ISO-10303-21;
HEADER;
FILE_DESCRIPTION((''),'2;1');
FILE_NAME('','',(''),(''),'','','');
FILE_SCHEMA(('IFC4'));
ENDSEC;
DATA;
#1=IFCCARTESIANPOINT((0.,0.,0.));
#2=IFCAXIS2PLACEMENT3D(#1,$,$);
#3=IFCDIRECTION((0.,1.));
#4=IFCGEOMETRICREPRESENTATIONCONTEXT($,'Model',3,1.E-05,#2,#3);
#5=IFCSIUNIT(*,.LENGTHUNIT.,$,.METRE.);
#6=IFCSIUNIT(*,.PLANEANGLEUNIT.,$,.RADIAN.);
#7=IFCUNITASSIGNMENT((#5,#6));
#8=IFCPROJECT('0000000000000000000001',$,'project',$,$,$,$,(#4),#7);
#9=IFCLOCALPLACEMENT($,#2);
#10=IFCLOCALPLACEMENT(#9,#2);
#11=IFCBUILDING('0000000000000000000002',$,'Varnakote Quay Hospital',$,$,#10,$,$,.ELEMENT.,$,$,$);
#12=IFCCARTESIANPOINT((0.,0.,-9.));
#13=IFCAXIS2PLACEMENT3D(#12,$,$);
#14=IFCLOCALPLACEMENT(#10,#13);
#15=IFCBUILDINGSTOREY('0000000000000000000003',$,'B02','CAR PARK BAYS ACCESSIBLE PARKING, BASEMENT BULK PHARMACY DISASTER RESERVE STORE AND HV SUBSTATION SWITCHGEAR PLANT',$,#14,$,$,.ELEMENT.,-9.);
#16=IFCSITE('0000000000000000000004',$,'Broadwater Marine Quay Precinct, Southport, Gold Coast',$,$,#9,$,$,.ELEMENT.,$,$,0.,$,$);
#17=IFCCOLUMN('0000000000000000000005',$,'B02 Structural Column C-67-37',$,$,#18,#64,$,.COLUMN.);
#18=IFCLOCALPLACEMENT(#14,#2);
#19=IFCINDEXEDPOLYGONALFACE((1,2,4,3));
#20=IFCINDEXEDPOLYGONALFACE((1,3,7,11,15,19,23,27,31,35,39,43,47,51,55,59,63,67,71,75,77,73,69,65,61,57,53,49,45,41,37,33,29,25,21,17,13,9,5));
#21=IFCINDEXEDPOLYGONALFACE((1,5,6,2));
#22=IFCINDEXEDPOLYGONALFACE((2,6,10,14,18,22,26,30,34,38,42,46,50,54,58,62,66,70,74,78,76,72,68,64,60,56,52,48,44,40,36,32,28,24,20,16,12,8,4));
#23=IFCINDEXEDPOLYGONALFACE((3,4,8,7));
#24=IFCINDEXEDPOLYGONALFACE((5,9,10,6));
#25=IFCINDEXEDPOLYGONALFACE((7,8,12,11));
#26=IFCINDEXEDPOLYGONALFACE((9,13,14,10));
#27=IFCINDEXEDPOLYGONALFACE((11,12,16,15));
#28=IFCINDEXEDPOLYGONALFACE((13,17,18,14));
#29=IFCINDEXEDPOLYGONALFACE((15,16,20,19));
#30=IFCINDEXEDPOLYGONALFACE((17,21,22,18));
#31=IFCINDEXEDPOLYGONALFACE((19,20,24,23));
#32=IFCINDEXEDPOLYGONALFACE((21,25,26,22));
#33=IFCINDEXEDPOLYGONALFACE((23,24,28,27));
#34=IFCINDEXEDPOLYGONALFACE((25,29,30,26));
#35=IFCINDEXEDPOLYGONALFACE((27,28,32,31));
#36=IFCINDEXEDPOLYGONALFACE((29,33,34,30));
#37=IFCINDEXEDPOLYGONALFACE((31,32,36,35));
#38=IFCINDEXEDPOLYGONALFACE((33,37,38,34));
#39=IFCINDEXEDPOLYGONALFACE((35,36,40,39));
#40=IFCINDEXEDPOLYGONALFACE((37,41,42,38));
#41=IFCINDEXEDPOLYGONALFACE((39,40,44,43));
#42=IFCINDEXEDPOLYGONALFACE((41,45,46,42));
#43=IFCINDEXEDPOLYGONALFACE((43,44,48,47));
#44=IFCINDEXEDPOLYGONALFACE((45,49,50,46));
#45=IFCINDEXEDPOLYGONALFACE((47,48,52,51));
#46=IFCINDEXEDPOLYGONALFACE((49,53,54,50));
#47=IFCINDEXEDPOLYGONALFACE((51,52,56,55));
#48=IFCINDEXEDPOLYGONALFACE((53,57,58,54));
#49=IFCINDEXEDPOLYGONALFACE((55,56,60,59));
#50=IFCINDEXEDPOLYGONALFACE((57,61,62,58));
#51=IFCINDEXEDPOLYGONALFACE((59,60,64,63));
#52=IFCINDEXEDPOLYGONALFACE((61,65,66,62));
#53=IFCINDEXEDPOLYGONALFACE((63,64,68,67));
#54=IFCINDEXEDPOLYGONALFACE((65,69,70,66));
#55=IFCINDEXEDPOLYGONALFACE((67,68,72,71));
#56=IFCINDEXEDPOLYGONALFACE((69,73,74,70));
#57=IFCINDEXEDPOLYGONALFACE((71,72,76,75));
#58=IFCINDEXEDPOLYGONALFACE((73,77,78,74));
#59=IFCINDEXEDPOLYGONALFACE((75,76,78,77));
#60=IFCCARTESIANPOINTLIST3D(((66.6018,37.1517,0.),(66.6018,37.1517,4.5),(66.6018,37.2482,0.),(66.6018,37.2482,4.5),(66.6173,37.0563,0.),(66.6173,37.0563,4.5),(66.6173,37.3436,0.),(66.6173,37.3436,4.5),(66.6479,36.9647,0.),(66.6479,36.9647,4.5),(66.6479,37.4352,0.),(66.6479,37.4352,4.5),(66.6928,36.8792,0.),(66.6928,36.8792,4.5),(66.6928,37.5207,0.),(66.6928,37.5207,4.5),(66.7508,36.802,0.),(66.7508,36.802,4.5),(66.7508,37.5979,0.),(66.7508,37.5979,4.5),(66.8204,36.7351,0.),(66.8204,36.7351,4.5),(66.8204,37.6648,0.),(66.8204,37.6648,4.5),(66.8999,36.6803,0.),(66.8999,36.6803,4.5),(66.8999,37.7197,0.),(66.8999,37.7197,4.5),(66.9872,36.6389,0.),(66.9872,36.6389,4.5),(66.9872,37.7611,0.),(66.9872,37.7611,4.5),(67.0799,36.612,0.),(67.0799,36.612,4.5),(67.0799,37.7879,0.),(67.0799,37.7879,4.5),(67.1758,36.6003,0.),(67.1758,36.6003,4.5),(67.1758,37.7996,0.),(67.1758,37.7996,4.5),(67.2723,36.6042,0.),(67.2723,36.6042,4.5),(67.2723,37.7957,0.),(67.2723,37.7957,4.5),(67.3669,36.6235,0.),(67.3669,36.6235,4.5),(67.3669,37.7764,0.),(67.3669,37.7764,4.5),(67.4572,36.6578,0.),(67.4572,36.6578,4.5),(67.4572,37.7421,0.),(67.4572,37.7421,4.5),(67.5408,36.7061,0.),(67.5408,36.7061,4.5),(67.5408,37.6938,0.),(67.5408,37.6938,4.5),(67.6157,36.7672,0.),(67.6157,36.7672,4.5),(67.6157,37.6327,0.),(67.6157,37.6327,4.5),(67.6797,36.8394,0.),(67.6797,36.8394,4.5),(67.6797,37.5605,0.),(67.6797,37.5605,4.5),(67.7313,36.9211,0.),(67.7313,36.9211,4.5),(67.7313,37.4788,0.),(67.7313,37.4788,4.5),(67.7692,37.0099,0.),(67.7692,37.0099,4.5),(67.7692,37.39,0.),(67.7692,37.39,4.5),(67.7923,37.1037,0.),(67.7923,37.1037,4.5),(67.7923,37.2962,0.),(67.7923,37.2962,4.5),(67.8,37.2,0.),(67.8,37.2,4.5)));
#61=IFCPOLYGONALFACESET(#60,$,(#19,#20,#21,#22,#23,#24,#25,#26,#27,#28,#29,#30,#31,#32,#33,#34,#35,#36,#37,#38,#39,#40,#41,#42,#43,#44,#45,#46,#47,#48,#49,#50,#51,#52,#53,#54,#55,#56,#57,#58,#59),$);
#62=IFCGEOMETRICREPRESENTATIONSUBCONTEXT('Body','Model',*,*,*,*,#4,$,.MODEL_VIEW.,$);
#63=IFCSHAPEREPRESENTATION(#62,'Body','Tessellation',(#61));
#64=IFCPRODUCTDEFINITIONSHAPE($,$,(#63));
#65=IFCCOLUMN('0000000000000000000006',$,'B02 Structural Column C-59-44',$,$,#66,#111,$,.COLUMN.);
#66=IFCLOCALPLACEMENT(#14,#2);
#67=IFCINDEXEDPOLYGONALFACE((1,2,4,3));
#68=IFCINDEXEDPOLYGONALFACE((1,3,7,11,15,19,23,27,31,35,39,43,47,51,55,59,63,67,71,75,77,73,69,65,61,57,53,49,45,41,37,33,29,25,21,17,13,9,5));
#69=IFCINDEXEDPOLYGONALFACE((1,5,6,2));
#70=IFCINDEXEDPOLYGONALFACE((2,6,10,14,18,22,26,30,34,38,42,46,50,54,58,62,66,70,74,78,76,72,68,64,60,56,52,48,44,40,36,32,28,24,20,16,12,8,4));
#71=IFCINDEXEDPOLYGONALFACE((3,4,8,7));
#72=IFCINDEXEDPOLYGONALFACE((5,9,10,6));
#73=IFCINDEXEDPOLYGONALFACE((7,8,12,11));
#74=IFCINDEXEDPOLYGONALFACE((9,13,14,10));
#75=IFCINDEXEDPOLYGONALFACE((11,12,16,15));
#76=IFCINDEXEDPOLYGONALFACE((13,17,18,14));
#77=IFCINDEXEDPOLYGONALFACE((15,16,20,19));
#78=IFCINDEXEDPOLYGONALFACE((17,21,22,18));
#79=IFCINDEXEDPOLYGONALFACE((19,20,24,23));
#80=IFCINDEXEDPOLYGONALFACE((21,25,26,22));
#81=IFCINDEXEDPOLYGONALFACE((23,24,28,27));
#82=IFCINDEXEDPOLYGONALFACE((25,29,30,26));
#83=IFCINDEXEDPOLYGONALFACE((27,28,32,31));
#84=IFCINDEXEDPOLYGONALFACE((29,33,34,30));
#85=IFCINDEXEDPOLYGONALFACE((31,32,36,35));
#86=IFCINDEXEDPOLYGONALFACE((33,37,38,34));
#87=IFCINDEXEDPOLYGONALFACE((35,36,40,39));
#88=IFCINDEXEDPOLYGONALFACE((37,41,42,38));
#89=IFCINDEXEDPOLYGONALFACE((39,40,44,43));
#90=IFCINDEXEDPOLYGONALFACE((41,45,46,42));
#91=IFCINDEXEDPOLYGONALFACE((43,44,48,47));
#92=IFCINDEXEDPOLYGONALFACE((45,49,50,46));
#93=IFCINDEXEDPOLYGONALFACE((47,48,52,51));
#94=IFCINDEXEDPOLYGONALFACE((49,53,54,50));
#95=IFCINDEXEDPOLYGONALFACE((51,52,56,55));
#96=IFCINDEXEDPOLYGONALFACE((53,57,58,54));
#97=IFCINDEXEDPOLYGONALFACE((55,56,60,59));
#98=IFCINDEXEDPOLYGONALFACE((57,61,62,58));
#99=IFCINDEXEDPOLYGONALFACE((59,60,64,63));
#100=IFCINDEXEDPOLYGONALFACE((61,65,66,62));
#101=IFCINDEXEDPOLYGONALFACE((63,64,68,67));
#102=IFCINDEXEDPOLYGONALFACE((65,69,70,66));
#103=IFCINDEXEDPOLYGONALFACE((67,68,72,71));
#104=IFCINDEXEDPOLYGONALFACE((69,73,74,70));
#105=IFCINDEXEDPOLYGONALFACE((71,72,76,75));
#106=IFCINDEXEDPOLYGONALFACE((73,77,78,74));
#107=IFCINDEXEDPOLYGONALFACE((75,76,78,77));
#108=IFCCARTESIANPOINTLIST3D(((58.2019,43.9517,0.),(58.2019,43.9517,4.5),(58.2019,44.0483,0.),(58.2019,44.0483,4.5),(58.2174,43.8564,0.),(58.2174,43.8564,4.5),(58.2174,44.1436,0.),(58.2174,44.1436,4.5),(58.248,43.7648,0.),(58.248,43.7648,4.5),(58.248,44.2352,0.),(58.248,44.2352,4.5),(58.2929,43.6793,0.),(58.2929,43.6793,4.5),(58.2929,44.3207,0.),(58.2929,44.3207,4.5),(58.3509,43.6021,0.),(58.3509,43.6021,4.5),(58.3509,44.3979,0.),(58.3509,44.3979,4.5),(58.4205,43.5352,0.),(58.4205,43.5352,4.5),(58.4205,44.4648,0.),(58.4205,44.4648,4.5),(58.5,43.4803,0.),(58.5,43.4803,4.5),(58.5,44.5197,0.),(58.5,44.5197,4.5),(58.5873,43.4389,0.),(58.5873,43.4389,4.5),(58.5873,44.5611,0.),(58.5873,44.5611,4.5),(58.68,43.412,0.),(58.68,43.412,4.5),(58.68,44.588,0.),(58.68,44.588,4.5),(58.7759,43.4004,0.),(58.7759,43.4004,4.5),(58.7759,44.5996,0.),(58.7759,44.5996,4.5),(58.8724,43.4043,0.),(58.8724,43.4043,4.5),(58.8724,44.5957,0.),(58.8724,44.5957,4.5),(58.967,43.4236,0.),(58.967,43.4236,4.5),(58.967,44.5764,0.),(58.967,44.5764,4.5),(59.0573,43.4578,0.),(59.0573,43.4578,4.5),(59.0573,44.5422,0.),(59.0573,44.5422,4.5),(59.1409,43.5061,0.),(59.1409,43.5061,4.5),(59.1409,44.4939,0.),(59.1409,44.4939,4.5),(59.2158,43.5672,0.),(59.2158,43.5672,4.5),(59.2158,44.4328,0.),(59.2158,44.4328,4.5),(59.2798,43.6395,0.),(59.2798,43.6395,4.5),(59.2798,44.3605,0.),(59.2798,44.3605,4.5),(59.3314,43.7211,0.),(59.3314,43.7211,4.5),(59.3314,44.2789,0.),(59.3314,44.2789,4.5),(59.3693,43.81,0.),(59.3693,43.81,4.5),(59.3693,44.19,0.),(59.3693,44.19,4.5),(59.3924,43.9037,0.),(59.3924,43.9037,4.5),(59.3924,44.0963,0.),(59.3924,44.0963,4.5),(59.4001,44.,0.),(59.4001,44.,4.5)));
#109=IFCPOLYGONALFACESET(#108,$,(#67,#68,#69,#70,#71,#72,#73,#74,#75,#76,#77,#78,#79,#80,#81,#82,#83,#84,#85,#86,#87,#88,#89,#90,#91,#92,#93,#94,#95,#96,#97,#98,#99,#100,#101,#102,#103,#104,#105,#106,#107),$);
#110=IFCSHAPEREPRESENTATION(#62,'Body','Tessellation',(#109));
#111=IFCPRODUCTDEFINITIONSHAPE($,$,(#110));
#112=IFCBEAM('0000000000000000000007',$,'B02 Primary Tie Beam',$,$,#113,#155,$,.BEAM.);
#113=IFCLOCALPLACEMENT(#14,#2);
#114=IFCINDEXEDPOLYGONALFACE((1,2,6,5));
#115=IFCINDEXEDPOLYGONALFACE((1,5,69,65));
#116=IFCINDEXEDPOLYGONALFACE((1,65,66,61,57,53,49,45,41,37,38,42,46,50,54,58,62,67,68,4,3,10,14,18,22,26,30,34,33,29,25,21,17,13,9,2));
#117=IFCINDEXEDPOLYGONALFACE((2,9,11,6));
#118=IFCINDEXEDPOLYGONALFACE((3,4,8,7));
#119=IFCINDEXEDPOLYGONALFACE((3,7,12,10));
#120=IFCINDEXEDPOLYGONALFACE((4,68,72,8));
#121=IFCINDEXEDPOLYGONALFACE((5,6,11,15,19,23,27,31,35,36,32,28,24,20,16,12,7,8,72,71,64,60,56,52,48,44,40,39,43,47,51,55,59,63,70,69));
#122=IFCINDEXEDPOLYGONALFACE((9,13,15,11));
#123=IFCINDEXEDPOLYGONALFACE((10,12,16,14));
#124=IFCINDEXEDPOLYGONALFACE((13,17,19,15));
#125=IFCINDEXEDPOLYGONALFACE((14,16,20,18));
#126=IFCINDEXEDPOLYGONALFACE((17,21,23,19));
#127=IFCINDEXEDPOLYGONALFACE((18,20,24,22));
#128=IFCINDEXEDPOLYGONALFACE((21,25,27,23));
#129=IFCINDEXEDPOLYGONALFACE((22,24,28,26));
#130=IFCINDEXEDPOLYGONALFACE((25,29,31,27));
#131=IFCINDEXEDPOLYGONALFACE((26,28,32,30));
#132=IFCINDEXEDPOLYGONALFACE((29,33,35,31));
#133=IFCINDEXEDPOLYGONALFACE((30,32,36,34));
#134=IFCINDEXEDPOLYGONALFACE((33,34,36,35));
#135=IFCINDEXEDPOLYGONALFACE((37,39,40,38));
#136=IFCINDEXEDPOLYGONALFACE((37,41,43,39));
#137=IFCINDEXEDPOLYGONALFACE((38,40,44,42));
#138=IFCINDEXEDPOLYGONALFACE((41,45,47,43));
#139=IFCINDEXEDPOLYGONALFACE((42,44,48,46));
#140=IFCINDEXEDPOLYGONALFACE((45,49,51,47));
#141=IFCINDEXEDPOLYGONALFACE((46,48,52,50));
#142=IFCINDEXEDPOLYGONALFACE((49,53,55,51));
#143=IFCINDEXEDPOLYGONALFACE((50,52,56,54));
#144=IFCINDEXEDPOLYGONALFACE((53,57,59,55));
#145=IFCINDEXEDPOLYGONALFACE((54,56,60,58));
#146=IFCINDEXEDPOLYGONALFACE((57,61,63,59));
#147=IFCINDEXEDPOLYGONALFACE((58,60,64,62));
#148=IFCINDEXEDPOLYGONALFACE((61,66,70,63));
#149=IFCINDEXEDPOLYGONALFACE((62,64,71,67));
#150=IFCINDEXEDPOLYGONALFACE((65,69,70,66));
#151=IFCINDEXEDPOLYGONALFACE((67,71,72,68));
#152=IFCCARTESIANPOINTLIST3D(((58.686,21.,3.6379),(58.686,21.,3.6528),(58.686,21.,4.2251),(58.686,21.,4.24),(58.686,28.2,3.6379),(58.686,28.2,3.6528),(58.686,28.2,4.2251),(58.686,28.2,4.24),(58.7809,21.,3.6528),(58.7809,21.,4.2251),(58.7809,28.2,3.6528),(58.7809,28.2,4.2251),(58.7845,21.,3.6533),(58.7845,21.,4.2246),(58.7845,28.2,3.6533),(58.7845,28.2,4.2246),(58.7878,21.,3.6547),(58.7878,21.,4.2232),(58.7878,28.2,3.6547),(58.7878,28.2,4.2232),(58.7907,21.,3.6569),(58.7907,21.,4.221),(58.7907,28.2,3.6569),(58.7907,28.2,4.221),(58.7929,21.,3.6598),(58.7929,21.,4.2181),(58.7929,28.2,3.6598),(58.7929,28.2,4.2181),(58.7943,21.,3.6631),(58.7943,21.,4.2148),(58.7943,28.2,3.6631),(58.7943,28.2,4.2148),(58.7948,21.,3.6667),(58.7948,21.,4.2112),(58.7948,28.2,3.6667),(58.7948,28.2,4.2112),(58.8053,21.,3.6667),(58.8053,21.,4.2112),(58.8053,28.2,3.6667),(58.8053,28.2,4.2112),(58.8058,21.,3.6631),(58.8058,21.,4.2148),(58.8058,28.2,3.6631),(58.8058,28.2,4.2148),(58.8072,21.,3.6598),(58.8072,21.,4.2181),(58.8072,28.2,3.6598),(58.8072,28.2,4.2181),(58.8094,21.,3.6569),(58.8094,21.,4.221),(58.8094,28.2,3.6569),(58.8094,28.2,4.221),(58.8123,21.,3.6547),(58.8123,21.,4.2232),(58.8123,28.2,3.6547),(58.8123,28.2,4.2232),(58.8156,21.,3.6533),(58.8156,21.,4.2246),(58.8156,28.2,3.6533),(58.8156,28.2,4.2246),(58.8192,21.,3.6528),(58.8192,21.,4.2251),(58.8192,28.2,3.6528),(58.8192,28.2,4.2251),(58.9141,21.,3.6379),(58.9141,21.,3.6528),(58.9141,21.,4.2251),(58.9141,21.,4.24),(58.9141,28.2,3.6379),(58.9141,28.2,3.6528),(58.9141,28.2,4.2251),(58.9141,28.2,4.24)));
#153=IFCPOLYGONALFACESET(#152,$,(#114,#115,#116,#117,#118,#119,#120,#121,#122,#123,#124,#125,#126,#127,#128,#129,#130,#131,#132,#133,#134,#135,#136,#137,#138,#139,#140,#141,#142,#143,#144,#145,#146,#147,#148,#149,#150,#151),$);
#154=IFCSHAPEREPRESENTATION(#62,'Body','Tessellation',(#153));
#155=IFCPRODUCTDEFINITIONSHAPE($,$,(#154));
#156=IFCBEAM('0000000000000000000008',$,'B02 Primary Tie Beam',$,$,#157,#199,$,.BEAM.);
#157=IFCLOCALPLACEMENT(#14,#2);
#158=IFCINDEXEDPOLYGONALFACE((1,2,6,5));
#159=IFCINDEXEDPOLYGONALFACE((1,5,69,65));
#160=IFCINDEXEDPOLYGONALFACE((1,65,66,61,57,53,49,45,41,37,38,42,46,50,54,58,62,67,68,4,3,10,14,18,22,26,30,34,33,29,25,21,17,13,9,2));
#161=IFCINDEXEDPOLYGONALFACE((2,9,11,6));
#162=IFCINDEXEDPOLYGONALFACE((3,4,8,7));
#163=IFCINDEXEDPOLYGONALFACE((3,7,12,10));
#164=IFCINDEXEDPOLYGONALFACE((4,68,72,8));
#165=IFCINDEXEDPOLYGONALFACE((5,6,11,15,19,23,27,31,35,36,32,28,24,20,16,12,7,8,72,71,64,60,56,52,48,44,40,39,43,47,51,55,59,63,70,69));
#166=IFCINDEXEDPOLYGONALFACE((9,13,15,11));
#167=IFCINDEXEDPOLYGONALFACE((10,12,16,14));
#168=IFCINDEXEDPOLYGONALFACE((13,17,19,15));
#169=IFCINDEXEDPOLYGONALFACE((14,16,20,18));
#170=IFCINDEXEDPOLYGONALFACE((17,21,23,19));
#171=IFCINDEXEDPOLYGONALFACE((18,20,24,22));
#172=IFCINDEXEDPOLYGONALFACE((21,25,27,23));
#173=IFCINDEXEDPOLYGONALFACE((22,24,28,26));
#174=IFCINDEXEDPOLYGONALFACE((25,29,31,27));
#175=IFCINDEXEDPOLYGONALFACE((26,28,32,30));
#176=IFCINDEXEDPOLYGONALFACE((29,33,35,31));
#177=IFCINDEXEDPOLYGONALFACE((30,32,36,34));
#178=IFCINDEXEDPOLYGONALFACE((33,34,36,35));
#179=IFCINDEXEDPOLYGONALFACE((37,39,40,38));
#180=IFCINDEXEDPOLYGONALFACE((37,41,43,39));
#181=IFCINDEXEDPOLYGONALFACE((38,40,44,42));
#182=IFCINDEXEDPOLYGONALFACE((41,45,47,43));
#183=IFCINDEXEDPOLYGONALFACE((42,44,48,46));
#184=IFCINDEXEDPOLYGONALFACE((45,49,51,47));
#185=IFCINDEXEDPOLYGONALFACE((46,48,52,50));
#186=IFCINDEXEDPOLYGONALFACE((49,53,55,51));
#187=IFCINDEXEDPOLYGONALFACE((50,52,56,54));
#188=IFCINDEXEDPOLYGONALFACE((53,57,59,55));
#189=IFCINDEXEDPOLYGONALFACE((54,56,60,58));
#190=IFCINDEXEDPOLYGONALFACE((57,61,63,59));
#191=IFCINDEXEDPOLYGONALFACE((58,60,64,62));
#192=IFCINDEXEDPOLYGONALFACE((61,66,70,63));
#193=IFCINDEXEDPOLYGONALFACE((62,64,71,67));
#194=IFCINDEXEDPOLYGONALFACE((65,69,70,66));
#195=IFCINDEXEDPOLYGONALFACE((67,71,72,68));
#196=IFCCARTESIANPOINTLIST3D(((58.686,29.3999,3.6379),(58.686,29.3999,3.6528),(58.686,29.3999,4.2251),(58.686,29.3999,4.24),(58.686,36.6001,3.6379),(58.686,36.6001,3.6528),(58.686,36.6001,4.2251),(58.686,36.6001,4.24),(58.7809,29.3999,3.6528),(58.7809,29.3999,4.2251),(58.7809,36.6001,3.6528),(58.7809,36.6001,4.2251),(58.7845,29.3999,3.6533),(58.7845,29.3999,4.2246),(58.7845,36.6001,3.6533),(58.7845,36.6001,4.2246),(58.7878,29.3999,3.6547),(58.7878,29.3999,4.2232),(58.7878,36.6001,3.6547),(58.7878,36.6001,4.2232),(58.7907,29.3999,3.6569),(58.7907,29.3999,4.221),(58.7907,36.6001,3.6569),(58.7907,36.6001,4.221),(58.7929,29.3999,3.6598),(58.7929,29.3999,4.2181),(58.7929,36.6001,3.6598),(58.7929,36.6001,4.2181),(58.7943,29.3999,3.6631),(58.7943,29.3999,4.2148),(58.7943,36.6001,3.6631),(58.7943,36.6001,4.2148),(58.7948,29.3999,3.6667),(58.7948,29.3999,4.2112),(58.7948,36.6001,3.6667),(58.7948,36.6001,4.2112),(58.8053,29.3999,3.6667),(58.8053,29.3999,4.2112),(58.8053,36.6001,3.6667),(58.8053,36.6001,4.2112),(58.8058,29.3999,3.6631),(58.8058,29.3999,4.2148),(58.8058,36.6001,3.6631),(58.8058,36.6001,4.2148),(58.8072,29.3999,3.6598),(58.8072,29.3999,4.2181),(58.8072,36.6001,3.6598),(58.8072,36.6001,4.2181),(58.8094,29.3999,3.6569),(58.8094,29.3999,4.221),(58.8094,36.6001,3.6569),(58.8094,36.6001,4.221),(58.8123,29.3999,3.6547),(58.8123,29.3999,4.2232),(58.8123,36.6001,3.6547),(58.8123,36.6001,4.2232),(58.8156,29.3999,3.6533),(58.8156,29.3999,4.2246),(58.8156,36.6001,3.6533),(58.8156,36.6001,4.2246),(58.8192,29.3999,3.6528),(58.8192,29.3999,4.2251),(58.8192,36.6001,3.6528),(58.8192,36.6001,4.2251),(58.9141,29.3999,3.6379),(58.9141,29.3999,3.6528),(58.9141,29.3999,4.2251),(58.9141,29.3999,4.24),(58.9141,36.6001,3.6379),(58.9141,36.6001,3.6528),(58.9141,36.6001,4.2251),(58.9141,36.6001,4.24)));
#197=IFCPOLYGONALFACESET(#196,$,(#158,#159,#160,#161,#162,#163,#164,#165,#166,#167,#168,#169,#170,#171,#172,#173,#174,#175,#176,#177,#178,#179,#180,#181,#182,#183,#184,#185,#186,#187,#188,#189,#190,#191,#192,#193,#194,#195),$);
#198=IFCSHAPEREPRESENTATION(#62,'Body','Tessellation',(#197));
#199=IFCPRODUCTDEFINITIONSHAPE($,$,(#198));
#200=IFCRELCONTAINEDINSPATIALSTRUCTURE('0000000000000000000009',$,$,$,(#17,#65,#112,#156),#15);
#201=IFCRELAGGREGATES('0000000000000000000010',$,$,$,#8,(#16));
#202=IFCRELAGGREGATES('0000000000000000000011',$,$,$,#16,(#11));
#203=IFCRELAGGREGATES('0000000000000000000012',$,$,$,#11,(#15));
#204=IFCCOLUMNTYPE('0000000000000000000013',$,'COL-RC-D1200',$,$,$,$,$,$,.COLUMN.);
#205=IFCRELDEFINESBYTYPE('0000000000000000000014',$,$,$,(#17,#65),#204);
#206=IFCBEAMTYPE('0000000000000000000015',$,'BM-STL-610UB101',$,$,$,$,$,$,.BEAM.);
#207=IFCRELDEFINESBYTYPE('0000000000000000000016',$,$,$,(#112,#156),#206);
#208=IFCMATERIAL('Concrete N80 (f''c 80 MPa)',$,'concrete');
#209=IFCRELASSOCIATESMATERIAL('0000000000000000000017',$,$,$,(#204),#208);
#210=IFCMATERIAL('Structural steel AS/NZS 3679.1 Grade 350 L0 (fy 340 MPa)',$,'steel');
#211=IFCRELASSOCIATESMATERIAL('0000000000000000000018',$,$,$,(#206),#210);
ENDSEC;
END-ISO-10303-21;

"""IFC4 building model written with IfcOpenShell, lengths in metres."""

from ifc_helpers import new_model, si_unit, direction, frame, origin, origin_2d, place, context, subcontext, project, spatial, circle, i_section, extrude, material, material_profile, profile_set, type_object, element, save


model = new_model("IFC4")

# Units and contexts
model_context = context("Model", 3, precision=1e-05, world=origin(), true_north=direction((0.0, 1.0)))
body_context = subcontext(model_context, "Body", "Model", "MODEL_VIEW")
ifc_project = project(units=[si_unit("LENGTHUNIT", "METRE"), si_unit("PLANEANGLEUNIT", "RADIAN")], contexts=[model_context])

# Site, building, storey
site_placement = place(None, origin())
site = spatial("IfcSite", under=ifc_project, at=site_placement, Name="Broadwater Marine Quay Precinct, Southport, Gold Coast", CompositionType="ELEMENT", RefElevation=0.0)
building_placement = place(site_placement, origin())
building = spatial("IfcBuilding", under=site, at=building_placement, Name="Varnakote Quay Hospital", CompositionType="ELEMENT")
storey_placement = place(building_placement, frame((0.0, 0.0, -9.0)))
storey = spatial("IfcBuildingStorey", under=building, at=storey_placement, Name="B02", Description="CAR PARK BAYS ACCESSIBLE PARKING, BASEMENT BULK PHARMACY DISASTER RESERVE STORE AND HV SUBSTATION SWITCHGEAR PLANT", CompositionType="ELEMENT", Elevation=-9.0)

# Columns
ifc_material_1 = material(Name="Concrete N80 (f'c 80 MPa)", Category="concrete")
ifc_material_profile_1 = material_profile(ifc_material_1, circle(Radius=0.6001, at=origin_2d()), Name="RC-COL-D1200")
ifc_profile_set_1 = profile_set([ifc_material_profile_1], Name="Concrete N80 (f'c 80 MPa)")
column_type = type_object("IfcColumnType", Name="COL-RC-D1200", PredefinedType="COLUMN", material=ifc_profile_set_1)
for number, where, z_axis, x_axis, name in (
    (1, (67.2, 37.2, 0.0), (0.0, 0.0, 1.0), (1.0, 0.0, 0.0), "B02 Structural Column C-67-37"),
    (2, (58.8, 44.0, 0.0), (0.0, 0.0, 1.0), (1.0, 0.0, 0.0), "B02 Structural Column C-59-44"),
):
    element("IfcColumn", number, at=place(storey_placement, frame(where, z_axis=z_axis, x_axis=x_axis)), inside=storey, type_object=column_type, Name=name, PredefinedType="COLUMN", context=body_context, shape_type="SweptSolid", body=[
        extrude(circle(Radius=0.6001, at=origin_2d()), origin(), (0.0, 0.0, 1.0), 4.5),
    ])

# Beams
ifc_material_2 = material(Name="Structural steel AS/NZS 3679.1 Grade 350 L0 (fy 340 MPa)", Category="steel")
ifc_material_profile_2 = material_profile(ifc_material_2, i_section(OverallWidth=0.228, OverallDepth=0.6021, WebThickness=0.0105, FlangeThickness=0.0149, FilletRadius=0.0139, at=origin_2d()), Name="610UB101")
ifc_profile_set_2 = profile_set([ifc_material_profile_2], Name="Structural steel AS/NZS 3679.1 Grade 350 L0 (fy 340 MPa)")
beam_type_1 = type_object("IfcBeamType", Name="BM-STL-610UB101", PredefinedType="BEAM", material=ifc_profile_set_2)
beam_1_placement = place(storey_placement, frame((58.8, 21.0, 3.939), z_axis=(0.0, 1.0, 0.0), x_axis=(-1.0, 0.0, 0.0)))
element("IfcBeam", 3, at=beam_1_placement, inside=storey, type_object=beam_type_1, Name="B02 Primary Tie Beam", PredefinedType="BEAM", context=body_context, shape_type="SweptSolid", body=[
    extrude(i_section(OverallWidth=0.228, OverallDepth=0.6021, WebThickness=0.0105, FlangeThickness=0.0149, FilletRadius=0.0139, at=origin_2d()), origin(), (0.0, 0.0, 1.0), 7.2),
])
beam_2_placement = place(storey_placement, frame((58.8, 29.3999, 3.939), z_axis=(0.0, 1.0, 0.0), x_axis=(-1.0, 0.0, 0.0)))
element("IfcBeam", 4, at=beam_2_placement, inside=storey, type_object=beam_type_1, Name="B02 Primary Tie Beam", PredefinedType="BEAM", context=body_context, shape_type="SweptSolid", body=[
    extrude(i_section(OverallWidth=0.228, OverallDepth=0.6021, WebThickness=0.0105, FlangeThickness=0.0149, FilletRadius=0.0139, at=origin_2d()), origin(), (0.0, 0.0, 1.0), 7.2002),
])

save(model, "model.ifc")
